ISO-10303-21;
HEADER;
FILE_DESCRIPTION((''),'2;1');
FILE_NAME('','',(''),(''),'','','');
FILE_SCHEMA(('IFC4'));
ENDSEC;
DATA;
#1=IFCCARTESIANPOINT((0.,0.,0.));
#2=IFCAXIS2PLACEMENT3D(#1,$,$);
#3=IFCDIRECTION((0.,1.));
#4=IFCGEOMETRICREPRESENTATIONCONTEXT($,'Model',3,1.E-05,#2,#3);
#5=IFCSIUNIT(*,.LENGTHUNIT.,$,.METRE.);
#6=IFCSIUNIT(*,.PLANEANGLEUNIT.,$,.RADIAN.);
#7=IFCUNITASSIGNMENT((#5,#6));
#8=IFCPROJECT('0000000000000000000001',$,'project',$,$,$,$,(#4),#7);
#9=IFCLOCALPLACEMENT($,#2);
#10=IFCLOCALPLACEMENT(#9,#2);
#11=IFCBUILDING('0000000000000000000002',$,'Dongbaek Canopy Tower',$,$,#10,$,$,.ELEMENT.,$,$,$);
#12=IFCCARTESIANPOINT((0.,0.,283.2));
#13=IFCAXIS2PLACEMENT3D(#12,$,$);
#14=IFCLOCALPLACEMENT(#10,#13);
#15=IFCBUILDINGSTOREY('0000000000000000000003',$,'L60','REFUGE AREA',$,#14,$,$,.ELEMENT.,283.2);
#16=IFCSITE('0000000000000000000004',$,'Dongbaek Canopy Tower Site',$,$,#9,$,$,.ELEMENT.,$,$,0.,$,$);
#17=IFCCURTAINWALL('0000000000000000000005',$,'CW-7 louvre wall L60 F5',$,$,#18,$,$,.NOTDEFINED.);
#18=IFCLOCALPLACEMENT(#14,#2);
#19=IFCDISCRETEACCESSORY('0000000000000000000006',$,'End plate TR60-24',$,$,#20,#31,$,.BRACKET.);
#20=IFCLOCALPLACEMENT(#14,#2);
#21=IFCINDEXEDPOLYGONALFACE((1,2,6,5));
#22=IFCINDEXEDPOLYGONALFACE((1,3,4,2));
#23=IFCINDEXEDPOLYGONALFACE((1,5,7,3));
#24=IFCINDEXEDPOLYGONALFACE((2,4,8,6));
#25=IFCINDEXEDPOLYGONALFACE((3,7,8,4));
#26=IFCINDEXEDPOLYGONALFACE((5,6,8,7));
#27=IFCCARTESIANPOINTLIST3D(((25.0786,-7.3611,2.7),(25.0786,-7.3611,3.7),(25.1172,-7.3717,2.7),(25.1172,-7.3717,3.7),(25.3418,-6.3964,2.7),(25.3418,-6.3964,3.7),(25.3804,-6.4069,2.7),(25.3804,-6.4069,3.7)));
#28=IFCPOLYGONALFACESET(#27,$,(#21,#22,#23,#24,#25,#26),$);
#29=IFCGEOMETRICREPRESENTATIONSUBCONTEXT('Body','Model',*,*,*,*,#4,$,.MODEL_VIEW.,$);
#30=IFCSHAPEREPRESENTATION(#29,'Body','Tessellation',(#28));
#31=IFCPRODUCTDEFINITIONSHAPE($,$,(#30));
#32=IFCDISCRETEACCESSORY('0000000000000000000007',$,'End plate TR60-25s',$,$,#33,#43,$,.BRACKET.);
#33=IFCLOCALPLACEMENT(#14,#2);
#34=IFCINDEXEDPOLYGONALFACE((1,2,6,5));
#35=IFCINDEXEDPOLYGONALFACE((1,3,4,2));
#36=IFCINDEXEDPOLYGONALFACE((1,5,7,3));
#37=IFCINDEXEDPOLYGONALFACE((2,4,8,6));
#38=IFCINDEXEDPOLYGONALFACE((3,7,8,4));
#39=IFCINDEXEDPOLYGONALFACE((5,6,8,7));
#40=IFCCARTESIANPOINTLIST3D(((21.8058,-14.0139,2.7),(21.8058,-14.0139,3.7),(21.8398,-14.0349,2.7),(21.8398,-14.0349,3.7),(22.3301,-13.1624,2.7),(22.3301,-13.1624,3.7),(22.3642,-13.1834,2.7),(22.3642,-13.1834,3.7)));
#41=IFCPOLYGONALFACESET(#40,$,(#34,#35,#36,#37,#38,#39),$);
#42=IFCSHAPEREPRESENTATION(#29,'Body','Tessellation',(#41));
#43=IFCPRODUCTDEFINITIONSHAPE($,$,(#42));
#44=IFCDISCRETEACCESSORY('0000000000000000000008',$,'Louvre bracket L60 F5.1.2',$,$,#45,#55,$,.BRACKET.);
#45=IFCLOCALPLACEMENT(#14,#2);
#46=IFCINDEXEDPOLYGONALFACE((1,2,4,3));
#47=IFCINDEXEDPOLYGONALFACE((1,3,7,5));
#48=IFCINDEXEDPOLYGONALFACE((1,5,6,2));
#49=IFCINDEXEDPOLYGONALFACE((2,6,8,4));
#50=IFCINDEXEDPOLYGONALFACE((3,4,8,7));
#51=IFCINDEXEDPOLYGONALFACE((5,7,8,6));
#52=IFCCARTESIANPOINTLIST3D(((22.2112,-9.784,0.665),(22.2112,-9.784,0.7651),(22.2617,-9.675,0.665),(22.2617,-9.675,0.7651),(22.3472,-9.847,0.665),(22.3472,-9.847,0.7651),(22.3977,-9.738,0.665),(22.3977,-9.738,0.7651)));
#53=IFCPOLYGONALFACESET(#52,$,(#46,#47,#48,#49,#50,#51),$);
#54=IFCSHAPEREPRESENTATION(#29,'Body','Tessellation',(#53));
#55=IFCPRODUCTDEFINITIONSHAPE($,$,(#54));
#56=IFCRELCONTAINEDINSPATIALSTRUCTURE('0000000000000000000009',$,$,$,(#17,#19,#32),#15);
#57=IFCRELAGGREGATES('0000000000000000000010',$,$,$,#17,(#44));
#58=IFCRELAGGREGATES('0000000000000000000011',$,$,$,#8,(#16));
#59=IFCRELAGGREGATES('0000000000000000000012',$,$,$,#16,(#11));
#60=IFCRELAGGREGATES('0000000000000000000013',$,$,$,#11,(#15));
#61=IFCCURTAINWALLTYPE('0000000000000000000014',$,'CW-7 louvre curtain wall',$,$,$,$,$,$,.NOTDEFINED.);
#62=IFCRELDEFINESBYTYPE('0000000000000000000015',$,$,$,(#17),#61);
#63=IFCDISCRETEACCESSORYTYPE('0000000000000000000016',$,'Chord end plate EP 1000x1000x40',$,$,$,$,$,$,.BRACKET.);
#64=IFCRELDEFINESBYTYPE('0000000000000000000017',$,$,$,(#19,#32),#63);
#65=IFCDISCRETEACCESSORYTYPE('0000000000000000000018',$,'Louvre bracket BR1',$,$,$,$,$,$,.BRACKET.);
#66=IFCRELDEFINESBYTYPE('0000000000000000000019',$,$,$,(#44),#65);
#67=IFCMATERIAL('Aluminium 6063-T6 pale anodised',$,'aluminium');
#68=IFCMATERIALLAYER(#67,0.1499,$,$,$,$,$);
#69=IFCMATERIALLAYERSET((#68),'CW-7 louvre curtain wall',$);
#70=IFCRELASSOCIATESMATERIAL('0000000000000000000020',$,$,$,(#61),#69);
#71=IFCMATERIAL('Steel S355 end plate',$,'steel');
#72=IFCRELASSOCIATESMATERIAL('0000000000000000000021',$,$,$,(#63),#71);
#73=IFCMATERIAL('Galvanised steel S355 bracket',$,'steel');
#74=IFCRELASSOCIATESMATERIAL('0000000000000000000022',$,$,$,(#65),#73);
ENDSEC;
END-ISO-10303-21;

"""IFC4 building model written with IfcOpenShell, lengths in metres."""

from ifc_helpers import new_model, si_unit, direction, frame, origin, origin_2d, place, context, subcontext, project, spatial, rectangle, extrude, material, layer, layer_set, type_object, element, aggregate, save


model = new_model("IFC4")

# Units and contexts
model_context = context("Model", 3, precision=1e-05, world=origin(), true_north=direction((0.0, 1.0)))
body_context = subcontext(model_context, "Body", "Model", "MODEL_VIEW")
ifc_project = project(units=[si_unit("LENGTHUNIT", "METRE"), si_unit("PLANEANGLEUNIT", "RADIAN")], contexts=[model_context])

# Site, building, storey
site_placement = place(None, origin())
site = spatial("IfcSite", under=ifc_project, at=site_placement, Name="Dongbaek Canopy Tower Site", CompositionType="ELEMENT", RefElevation=0.0)
building_placement = place(site_placement, origin())
building = spatial("IfcBuilding", under=site, at=building_placement, Name="Dongbaek Canopy Tower", CompositionType="ELEMENT")
storey_placement = place(building_placement, frame((0.0, 0.0, 283.2)))
storey = spatial("IfcBuildingStorey", under=building, at=storey_placement, Name="L60", Description="REFUGE AREA", CompositionType="ELEMENT", Elevation=283.2)

# Curtain wall
ifc_material_1 = material(Name="Aluminium 6063-T6 pale anodised", Category="aluminium")
ifc_layer_1 = layer(ifc_material_1, 0.1499)
ifc_layer_set_1 = layer_set([ifc_layer_1], Name="CW-7 louvre curtain wall")
curtain_wall_type = type_object("IfcCurtainWallType", Name="CW-7 louvre curtain wall", PredefinedType="NOTDEFINED", material=ifc_layer_set_1)
curtain_wall_placement = place(storey_placement, origin())
curtain_wall = element("IfcCurtainWall", 1, at=curtain_wall_placement, inside=storey, type_object=curtain_wall_type, Name="CW-7 louvre wall L60 F5", PredefinedType="NOTDEFINED")

# Discrete accessories
ifc_material_2 = material(Name="Steel S355 end plate", Category="steel")
discrete_accessory_type_1 = type_object("IfcDiscreteAccessoryType", Name="Chord end plate EP 1000x1000x40", PredefinedType="BRACKET", material=ifc_material_2)
for number, where, z_axis, x_axis, name in (
    (2, (25.2295, -6.884, 2.7), (0.0, 0.0, 1.0), (-0.964732, 0.263233, 0.0), "End plate TR60-24"),
    (3, (22.085, -13.5986, 2.7), (0.0, 0.0, 1.0), (-0.851523, 0.524317, 0.0), "End plate TR60-25s"),
):
    element("IfcDiscreteAccessory", number, at=place(storey_placement, frame(where, z_axis=z_axis, x_axis=x_axis)), inside=storey, type_object=discrete_accessory_type_1, Name=name, PredefinedType="BRACKET", context=body_context, shape_type="SweptSolid", body=[
        extrude(rectangle(XDim=0.04, YDim=1.0, at=origin_2d()), origin(), (0.0, 0.0, 1.0), 1.0),
    ])

# Discrete accessory
ifc_material_3 = material(Name="Galvanised steel S355 bracket", Category="steel")
discrete_accessory_type_2 = type_object("IfcDiscreteAccessoryType", Name="Louvre bracket BR1", PredefinedType="BRACKET", material=ifc_material_3)
discrete_accessory_placement = place(storey_placement, frame((22.3044, -9.761, 0.665), z_axis=(0.0, 0.0, 1.0), x_axis=(0.4203, 0.907385, 0.0)))
discrete_accessory = element("IfcDiscreteAccessory", 4, at=discrete_accessory_placement, type_object=discrete_accessory_type_2, Name="Louvre bracket L60 F5.1.2", PredefinedType="BRACKET", context=body_context, shape_type="SweptSolid", body=[
    extrude(rectangle(XDim=0.1201, YDim=0.1499, at=origin_2d()), origin(), (0.0, 0.0, 1.0), 0.1001),
])
aggregate(curtain_wall, [discrete_accessory])

save(model, "model.ifc")
